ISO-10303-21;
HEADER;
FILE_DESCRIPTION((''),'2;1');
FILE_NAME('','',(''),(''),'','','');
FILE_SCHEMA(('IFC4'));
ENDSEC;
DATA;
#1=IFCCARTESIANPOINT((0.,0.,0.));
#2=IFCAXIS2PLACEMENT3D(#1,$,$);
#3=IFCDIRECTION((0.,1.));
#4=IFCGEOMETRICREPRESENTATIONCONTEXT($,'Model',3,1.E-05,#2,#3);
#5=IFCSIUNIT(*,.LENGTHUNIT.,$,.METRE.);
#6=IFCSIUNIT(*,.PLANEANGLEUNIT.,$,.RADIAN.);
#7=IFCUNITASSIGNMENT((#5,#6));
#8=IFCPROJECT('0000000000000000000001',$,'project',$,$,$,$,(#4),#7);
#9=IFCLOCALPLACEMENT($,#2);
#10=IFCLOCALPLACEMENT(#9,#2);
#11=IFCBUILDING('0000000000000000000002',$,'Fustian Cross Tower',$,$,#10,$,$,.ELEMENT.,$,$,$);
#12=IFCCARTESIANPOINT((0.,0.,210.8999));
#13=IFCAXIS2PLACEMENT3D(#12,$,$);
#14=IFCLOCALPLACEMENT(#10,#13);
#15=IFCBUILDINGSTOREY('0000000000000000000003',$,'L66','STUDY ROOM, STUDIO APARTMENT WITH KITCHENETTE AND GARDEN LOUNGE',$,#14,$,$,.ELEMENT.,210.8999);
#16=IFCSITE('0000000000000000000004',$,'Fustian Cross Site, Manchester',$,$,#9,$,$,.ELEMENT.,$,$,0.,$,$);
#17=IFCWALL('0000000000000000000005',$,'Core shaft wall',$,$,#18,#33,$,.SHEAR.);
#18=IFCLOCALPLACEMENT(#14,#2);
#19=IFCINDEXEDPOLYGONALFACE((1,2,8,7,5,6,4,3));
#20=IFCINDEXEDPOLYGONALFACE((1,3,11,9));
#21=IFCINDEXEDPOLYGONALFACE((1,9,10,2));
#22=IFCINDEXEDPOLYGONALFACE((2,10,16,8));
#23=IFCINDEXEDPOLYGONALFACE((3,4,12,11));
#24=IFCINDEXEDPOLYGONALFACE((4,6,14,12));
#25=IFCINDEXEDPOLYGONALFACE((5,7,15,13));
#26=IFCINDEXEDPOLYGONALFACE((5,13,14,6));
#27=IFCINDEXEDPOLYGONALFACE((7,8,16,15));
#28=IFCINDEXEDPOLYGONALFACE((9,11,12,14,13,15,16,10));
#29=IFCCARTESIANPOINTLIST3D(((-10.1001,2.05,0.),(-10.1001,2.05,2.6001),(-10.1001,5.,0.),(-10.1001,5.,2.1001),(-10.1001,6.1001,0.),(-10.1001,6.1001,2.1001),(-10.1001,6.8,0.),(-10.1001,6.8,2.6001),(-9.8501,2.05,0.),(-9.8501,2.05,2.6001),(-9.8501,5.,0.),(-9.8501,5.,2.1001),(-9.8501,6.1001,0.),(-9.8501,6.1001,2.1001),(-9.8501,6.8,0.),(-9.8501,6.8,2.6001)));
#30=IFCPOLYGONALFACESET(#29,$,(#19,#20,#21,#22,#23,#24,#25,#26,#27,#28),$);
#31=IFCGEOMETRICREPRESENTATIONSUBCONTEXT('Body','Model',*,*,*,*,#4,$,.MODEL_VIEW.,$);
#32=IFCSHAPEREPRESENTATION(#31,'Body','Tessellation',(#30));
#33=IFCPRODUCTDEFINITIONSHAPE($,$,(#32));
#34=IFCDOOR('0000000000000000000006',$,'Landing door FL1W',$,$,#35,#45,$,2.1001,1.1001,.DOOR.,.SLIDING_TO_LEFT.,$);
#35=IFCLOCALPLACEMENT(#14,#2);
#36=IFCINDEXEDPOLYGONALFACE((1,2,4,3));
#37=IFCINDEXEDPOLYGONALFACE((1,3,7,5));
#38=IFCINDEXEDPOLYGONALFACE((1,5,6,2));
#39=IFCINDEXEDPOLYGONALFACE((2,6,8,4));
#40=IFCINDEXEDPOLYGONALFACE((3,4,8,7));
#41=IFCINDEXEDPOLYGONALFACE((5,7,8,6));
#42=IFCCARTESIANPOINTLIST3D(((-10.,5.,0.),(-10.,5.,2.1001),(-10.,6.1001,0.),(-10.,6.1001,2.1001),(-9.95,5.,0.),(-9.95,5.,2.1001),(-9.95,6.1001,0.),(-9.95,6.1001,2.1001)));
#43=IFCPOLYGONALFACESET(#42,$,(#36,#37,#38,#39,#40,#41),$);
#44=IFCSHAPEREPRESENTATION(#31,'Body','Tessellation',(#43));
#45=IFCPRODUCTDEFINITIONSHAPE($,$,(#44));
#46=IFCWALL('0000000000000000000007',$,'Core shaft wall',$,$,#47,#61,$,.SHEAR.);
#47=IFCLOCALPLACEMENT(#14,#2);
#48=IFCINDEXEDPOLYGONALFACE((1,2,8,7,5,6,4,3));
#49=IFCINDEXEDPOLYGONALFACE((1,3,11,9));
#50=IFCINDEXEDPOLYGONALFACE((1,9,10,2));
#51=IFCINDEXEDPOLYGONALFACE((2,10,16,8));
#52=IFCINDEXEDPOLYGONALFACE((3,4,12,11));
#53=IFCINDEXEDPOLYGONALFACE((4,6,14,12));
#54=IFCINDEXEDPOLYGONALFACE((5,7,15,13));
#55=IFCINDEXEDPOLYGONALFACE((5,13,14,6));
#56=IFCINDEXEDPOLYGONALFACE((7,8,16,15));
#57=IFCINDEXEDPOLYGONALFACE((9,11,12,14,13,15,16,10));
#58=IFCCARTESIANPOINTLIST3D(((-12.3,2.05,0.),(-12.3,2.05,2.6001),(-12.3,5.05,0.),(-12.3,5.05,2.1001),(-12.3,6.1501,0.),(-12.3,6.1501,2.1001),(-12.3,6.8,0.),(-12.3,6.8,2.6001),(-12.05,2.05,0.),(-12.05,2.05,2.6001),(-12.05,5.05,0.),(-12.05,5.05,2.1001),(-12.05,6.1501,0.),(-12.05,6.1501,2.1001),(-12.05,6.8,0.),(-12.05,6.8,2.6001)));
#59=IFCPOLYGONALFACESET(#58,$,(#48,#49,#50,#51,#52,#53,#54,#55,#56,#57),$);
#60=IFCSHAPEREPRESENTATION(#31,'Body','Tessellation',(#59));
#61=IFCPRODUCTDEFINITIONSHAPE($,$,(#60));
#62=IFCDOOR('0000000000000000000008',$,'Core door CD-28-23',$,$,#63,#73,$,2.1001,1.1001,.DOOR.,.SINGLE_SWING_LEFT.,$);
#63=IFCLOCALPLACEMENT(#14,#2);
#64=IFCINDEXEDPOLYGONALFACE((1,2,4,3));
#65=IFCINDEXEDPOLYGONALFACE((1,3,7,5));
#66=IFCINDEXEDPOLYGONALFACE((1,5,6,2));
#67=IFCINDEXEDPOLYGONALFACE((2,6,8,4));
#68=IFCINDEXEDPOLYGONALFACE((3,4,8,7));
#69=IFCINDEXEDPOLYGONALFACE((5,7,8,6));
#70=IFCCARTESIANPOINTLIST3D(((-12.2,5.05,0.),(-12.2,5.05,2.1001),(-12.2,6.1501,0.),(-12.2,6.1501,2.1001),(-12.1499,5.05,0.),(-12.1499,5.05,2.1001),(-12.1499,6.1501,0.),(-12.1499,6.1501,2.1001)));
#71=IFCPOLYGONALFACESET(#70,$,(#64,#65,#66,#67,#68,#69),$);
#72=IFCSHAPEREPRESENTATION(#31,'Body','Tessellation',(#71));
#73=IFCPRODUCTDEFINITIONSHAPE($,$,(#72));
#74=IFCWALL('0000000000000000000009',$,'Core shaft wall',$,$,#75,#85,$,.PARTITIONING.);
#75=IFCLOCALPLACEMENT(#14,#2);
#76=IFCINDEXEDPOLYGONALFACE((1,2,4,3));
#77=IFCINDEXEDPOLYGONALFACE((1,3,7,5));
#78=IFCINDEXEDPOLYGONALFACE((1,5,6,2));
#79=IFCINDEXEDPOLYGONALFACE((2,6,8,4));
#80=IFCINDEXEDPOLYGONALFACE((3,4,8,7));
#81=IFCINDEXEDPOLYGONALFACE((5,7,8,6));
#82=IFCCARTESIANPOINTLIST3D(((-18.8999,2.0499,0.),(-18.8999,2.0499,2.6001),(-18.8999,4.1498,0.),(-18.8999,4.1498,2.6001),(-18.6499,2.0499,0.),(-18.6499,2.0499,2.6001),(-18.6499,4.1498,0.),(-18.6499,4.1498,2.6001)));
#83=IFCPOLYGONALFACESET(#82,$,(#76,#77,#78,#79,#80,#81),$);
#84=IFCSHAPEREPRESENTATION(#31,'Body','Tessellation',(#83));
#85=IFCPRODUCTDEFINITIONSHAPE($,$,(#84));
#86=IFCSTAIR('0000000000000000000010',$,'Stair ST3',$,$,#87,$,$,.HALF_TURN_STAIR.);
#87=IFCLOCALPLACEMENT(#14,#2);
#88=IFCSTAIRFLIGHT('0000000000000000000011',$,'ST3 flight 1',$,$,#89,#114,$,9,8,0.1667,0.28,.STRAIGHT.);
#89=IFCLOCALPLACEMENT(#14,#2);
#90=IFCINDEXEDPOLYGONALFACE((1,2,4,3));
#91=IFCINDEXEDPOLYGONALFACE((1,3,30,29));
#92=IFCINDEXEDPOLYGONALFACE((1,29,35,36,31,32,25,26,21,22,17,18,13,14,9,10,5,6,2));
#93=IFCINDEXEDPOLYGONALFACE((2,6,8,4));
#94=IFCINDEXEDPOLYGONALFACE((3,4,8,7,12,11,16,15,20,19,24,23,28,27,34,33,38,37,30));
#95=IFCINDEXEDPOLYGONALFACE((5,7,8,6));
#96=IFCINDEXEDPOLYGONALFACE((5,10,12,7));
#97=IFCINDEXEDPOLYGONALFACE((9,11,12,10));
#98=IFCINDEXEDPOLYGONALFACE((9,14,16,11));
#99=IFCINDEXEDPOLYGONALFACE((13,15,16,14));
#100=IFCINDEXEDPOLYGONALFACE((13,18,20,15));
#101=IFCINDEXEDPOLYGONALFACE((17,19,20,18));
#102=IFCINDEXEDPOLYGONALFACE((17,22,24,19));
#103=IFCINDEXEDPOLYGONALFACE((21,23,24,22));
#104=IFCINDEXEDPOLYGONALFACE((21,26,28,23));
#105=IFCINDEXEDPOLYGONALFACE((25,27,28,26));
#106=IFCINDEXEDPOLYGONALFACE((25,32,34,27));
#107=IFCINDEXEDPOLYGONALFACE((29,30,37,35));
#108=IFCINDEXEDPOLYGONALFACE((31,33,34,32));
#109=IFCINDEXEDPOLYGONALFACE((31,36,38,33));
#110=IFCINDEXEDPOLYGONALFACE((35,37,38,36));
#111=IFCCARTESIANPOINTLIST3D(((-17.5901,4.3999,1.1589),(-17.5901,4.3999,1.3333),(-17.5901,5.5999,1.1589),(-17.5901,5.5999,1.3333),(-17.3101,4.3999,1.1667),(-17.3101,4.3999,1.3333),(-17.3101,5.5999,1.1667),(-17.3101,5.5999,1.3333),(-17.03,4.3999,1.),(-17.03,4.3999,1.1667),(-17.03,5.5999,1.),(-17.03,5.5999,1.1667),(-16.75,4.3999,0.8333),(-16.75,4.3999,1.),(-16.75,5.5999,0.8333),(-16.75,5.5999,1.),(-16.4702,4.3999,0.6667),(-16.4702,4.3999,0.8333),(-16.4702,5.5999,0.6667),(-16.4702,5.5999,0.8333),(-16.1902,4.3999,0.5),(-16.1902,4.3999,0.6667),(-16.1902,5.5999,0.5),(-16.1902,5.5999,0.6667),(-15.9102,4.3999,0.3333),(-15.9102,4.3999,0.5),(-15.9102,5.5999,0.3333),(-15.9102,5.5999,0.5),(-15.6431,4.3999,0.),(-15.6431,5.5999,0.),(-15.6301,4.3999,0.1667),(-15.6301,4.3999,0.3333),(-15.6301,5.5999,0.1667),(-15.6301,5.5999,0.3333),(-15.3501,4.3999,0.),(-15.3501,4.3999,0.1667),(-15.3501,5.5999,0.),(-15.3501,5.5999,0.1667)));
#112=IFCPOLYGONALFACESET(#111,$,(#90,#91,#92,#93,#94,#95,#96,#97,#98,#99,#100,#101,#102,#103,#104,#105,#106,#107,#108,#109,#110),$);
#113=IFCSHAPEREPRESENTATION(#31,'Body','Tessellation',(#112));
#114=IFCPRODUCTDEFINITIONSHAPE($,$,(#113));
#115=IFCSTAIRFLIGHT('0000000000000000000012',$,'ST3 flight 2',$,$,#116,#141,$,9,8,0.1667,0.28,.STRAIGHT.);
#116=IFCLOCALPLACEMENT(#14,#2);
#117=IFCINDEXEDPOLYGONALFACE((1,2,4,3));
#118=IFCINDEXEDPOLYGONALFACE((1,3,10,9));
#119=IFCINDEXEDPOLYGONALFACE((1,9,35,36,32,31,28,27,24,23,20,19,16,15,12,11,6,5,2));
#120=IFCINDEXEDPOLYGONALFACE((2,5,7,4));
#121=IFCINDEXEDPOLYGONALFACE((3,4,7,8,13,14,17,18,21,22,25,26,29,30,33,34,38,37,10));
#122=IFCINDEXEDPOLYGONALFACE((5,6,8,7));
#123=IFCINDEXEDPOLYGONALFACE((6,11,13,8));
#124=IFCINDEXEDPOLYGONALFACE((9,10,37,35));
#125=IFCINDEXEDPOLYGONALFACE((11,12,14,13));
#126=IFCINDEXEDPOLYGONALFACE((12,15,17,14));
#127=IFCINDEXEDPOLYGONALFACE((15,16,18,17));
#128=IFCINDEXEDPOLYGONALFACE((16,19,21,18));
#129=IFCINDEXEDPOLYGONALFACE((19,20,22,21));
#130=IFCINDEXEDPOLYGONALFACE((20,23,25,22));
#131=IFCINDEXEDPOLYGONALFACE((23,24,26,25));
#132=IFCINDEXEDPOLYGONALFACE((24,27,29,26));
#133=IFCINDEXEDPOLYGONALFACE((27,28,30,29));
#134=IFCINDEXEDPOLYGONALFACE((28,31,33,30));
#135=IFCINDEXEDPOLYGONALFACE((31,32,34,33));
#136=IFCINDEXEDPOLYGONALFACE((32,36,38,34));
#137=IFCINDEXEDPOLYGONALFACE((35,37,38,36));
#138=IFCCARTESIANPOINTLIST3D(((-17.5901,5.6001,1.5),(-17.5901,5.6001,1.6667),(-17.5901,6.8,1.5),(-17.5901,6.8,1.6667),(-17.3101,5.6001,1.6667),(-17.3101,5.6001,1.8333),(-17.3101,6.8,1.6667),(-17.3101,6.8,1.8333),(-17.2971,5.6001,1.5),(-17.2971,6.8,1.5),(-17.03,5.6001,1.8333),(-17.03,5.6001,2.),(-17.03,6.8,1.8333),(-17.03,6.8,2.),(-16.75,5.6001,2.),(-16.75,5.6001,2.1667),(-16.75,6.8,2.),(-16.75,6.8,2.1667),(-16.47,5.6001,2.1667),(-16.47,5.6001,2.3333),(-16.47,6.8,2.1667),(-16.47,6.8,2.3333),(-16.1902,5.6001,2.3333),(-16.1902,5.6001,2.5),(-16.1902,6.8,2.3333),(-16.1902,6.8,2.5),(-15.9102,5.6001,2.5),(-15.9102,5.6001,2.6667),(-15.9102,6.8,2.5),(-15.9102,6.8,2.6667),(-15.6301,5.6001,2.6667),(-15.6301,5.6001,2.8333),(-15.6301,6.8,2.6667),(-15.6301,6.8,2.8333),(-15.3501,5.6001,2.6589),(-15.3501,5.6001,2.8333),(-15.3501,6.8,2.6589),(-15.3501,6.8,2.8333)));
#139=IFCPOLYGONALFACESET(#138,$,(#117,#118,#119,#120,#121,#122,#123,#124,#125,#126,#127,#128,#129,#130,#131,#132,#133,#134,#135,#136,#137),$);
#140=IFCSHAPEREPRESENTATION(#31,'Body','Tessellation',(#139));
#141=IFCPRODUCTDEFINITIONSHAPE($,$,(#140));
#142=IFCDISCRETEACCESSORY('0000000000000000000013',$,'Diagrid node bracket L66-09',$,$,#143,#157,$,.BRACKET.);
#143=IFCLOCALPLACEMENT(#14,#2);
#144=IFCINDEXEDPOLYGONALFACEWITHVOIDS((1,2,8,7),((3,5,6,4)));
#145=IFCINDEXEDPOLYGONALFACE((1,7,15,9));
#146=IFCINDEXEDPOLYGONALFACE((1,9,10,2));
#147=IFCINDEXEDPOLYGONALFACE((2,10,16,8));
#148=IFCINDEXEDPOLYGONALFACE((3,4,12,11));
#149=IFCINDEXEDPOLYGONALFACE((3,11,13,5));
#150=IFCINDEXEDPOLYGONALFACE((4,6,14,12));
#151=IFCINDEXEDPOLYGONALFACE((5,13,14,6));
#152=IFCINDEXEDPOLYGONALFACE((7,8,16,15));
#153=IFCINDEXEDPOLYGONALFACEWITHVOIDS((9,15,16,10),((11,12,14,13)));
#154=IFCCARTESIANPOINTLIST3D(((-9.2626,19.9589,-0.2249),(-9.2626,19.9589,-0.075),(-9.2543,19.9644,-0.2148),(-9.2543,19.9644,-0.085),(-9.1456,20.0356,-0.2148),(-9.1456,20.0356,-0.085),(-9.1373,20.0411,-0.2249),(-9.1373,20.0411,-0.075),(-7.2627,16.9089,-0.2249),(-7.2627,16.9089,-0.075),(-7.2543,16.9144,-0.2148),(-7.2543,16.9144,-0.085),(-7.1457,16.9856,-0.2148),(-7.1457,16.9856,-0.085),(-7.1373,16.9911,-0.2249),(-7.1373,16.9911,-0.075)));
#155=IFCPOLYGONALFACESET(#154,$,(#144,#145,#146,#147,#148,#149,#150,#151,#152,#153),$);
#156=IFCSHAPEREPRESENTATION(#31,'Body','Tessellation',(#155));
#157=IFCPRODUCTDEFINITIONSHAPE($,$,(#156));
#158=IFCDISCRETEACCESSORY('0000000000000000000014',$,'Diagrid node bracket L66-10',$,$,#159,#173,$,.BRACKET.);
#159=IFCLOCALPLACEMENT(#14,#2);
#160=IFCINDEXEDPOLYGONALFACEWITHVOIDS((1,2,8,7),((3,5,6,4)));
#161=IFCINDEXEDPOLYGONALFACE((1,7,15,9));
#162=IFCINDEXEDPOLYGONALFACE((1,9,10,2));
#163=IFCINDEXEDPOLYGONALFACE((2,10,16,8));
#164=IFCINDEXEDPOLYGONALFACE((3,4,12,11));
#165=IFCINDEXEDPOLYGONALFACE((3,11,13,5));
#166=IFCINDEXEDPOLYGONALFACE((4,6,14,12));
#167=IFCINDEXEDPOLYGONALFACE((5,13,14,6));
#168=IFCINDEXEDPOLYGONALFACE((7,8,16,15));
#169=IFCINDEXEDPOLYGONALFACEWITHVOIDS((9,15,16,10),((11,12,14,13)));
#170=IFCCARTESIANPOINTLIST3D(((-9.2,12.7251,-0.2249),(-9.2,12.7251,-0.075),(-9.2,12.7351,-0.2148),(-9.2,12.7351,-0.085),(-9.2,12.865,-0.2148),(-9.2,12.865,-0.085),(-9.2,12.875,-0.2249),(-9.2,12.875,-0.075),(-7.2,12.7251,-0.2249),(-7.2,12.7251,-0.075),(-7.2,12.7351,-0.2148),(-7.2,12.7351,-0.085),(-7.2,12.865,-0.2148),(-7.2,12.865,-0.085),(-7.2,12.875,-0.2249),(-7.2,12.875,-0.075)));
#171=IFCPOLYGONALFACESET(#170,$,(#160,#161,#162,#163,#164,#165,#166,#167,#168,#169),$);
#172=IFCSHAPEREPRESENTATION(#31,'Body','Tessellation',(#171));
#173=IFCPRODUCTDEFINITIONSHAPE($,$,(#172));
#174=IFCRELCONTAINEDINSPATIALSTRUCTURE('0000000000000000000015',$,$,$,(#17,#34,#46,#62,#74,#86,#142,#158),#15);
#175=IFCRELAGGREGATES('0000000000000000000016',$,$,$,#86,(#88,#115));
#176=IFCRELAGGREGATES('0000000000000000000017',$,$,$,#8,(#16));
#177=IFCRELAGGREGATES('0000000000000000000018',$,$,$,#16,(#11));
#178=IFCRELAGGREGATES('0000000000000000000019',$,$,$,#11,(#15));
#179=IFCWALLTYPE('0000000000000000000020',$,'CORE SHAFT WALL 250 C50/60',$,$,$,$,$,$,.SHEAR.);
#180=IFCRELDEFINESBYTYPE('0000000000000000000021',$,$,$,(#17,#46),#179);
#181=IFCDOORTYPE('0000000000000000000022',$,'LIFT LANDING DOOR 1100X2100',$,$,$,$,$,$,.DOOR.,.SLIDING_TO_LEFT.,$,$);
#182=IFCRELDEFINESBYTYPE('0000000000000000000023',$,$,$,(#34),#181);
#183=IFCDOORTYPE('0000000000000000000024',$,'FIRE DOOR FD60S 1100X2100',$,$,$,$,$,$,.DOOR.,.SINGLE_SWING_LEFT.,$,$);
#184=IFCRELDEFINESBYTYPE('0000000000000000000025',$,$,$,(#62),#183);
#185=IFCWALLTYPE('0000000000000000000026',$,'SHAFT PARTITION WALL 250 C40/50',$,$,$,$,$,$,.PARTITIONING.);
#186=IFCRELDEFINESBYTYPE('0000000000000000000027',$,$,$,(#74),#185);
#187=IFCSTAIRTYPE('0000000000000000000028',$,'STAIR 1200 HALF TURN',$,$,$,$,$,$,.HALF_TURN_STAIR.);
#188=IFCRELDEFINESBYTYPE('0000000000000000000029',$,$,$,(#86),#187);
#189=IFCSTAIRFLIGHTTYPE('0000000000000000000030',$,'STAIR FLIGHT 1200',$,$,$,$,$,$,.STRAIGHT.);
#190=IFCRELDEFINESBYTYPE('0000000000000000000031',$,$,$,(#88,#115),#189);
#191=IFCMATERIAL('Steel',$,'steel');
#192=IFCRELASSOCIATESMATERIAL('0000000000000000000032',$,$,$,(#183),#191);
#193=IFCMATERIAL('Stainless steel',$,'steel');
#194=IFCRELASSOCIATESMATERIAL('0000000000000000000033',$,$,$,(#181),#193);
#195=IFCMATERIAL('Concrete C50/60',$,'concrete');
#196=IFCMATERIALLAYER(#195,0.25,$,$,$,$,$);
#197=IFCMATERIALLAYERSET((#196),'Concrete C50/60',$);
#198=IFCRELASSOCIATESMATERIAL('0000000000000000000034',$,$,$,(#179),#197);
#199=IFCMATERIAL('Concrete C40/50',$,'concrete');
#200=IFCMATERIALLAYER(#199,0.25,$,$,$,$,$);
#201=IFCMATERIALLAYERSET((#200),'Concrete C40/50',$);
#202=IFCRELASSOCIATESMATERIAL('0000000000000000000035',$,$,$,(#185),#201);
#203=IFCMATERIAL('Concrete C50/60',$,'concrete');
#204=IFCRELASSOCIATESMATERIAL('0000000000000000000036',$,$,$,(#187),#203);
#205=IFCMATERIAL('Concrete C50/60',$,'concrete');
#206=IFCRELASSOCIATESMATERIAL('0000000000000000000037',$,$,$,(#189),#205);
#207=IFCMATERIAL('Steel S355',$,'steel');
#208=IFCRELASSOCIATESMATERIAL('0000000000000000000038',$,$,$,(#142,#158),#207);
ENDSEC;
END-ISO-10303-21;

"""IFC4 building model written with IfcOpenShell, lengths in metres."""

from ifc_helpers import new_model, si_unit, direction, frame, frame_2d, origin, origin_2d, place, context, subcontext, project, spatial, polyline, rectangle, hollow_rectangle, outline, extrude, material, layer, layer_set, type_object, element, fill, aggregate, save


model = new_model("IFC4")

# Units and contexts
model_context = context("Model", 3, precision=1e-05, world=origin(), true_north=direction((0.0, 1.0)))
body_context = subcontext(model_context, "Body", "Model", "MODEL_VIEW")
ifc_project = project(units=[si_unit("LENGTHUNIT", "METRE"), si_unit("PLANEANGLEUNIT", "RADIAN")], contexts=[model_context])

# Site, building, storey
site_placement = place(None, origin())
site = spatial("IfcSite", under=ifc_project, at=site_placement, Name="Fustian Cross Site, Manchester", CompositionType="ELEMENT", RefElevation=0.0)
building_placement = place(site_placement, origin())
building = spatial("IfcBuilding", under=site, at=building_placement, Name="Fustian Cross Tower", CompositionType="ELEMENT")
storey_placement = place(building_placement, frame((0.0, 0.0, 210.8999)))
storey = spatial("IfcBuildingStorey", under=building, at=storey_placement, Name="L66", Description="STUDY ROOM, STUDIO APARTMENT WITH KITCHENETTE AND GARDEN LOUNGE", CompositionType="ELEMENT", Elevation=210.8999)

# Shared definitions
ifc_material_1 = material(Name="Steel", Category="steel")
door_type_1 = type_object("IfcDoorType", Name="FIRE DOOR FD60S 1100X2100", OperationType="SINGLE_SWING_LEFT", PredefinedType="DOOR", material=ifc_material_1)
ifc_material_2 = material(Name="Stainless steel", Category="steel")
door_type_2 = type_object("IfcDoorType", Name="LIFT LANDING DOOR 1100X2100", OperationType="SLIDING_TO_LEFT", PredefinedType="DOOR", material=ifc_material_2)

# Shared definitions
ifc_material_3 = material(Name="Concrete C50/60", Category="concrete")
ifc_layer_1 = layer(ifc_material_3, 0.25)
ifc_layer_set_1 = layer_set([ifc_layer_1], Name="Concrete C50/60")
wall_type_1 = type_object("IfcWallType", Name="CORE SHAFT WALL 250 C50/60", PredefinedType="SHEAR", material=ifc_layer_set_1)

# Walls, openings, doors
wall_1_placement = place(storey_placement, frame((-9.9751, 2.05, 0.0), z_axis=(0.0, 0.0, 1.0), x_axis=(0.0, 1.0, 0.0)))
wall_1 = element("IfcWall", 1, at=wall_1_placement, inside=storey, type_object=wall_type_1, Name="Core shaft wall", PredefinedType="SHEAR", context=body_context, shape_type="SweptSolid", body=[
    extrude(rectangle(XDim=4.75, YDim=0.25, at=frame_2d((2.375, 0.0))), origin(), (0.0, 0.0, 1.0), 2.6001),
])
opening_1_placement = place(wall_1_placement, frame((2.95, 0.0, 0.0)))
opening_1 = element("IfcOpeningElement", 2, at=opening_1_placement, cuts=wall_1, PredefinedType="OPENING", context=body_context, shape_type="SweptSolid", body=[
    extrude(rectangle(XDim=1.1001, YDim=2.1001, at=frame_2d((0.55, 1.05))), frame((0.0, 0.135, 0.0), z_axis=(0.0, -1.0, 0.0), x_axis=(1.0, 0.0, 0.0)), (0.0, 0.0, 1.0), 0.27),
])
door_1_placement = place(opening_1_placement, origin())
door_1 = element("IfcDoor", 3, at=door_1_placement, inside=storey, type_object=door_type_2, Name="Landing door FL1W", OperationType="SLIDING_TO_LEFT", OverallHeight=2.1001, OverallWidth=1.1001, PredefinedType="DOOR", context=body_context, shape_type="SweptSolid", body=[
    extrude(rectangle(XDim=1.1001, YDim=2.1001, at=frame_2d((0.55, 1.05))), frame((0.0, 0.0249, 0.0), z_axis=(0.0, -1.0, 0.0), x_axis=(1.0, 0.0, 0.0)), (0.0, 0.0, 1.0), 0.05),
])
fill(opening_1, door_1)
wall_2_placement = place(storey_placement, frame((-12.175, 2.05, 0.0), z_axis=(0.0, 0.0, 1.0), x_axis=(0.0, 1.0, 0.0)))
wall_2 = element("IfcWall", 4, at=wall_2_placement, inside=storey, type_object=wall_type_1, Name="Core shaft wall", PredefinedType="SHEAR", context=body_context, shape_type="SweptSolid", body=[
    extrude(rectangle(XDim=4.75, YDim=0.25, at=frame_2d((2.375, 0.0))), origin(), (0.0, 0.0, 1.0), 2.6001),
])
opening_2_placement = place(wall_2_placement, frame((3.0, 0.0, 0.0)))
opening_2 = element("IfcOpeningElement", 5, at=opening_2_placement, cuts=wall_2, PredefinedType="OPENING", context=body_context, shape_type="SweptSolid", body=[
    extrude(rectangle(XDim=1.1001, YDim=2.1001, at=frame_2d((0.55, 1.05))), frame((0.0, 0.135, 0.0), z_axis=(0.0, -1.0, 0.0), x_axis=(1.0, 0.0, 0.0)), (0.0, 0.0, 1.0), 0.27),
])
door_2_placement = place(opening_2_placement, origin())
door_2 = element("IfcDoor", 6, at=door_2_placement, inside=storey, type_object=door_type_1, Name="Core door CD-28-23", OperationType="SINGLE_SWING_LEFT", OverallHeight=2.1001, OverallWidth=1.1001, PredefinedType="DOOR", context=body_context, shape_type="SweptSolid", body=[
    extrude(rectangle(XDim=1.1001, YDim=2.1001, at=frame_2d((0.55, 1.05))), frame((0.0, 0.0249, 0.0), z_axis=(0.0, -1.0, 0.0), x_axis=(1.0, 0.0, 0.0)), (0.0, 0.0, 1.0), 0.05),
])
fill(opening_2, door_2)

# Wall
ifc_material_4 = material(Name="Concrete C40/50", Category="concrete")
ifc_layer_2 = layer(ifc_material_4, 0.25)
ifc_layer_set_2 = layer_set([ifc_layer_2], Name="Concrete C40/50")
wall_type_2 = type_object("IfcWallType", Name="SHAFT PARTITION WALL 250 C40/50", PredefinedType="PARTITIONING", material=ifc_layer_set_2)
wall_3_placement = place(storey_placement, frame((-18.7749, 2.05, 0.0), z_axis=(0.0, 0.0, 1.0), x_axis=(0.0, 1.0, 0.0)))
element("IfcWall", 7, at=wall_3_placement, inside=storey, type_object=wall_type_2, Name="Core shaft wall", PredefinedType="PARTITIONING", context=body_context, shape_type="SweptSolid", body=[
    extrude(rectangle(XDim=2.0999, YDim=0.25, at=frame_2d((1.0498, 0.0))), origin(), (0.0, 0.0, 1.0), 2.6001),
])

# Stair, stair flights
ifc_material_5 = material(Name="Concrete C50/60", Category="concrete")
stair_type = type_object("IfcStairType", Name="STAIR 1200 HALF TURN", PredefinedType="HALF_TURN_STAIR", material=ifc_material_5)
stair_placement = place(storey_placement, origin())
stair = element("IfcStair", 8, at=stair_placement, inside=storey, type_object=stair_type, Name="Stair ST3", PredefinedType="HALF_TURN_STAIR")
ifc_material_6 = material(Name="Concrete C50/60", Category="concrete")
stair_flight_type = type_object("IfcStairFlightType", Name="STAIR FLIGHT 1200", PredefinedType="STRAIGHT", material=ifc_material_6)
stair_flight_1_placement = place(storey_placement, frame((-15.3501, 5.0, 0.0), z_axis=(0.0, 0.0, 1.0), x_axis=(-1.0, 0.0, 0.0)))
stair_flight_1 = element("IfcStairFlight", 9, at=stair_flight_1_placement, type_object=stair_flight_type, Name="ST3 flight 1", NumberOfRisers=9, NumberOfTreads=8, PredefinedType="STRAIGHT", RiserHeight=0.1667, TreadLength=0.28, context=body_context, shape_type="SweptSolid", body=[
    extrude(outline(polyline([(0.0, 0.0), (0.0, 0.1667), (0.28, 0.1667), (0.28, 0.3333), (0.5601, 0.3333), (0.5601, 0.5), (0.8401, 0.5), (0.8401, 0.6667), (1.1201, 0.6667), (1.1201, 0.8333), (1.3999, 0.8333), (1.3999, 1.0), (1.6799, 1.0), (1.6799, 1.1667), (1.96, 1.1667), (1.96, 1.3333), (2.24, 1.3333), (2.24, 1.5), (2.24, 1.1589), (0.293, 0.0), (0.0, 0.0)])), frame((0.0, 0.6001, 0.0), z_axis=(0.0, -1.0, 0.0), x_axis=(1.0, 0.0, 0.0)), (0.0, 0.0, 1.0), 1.2),
])
stair_flight_2_placement = place(storey_placement, frame((-17.5901, 6.2, 1.5), z_axis=(0.0, 0.0, 1.0), x_axis=(1.0, 0.0, 0.0)))
stair_flight_2 = element("IfcStairFlight", 10, at=stair_flight_2_placement, type_object=stair_flight_type, Name="ST3 flight 2", NumberOfRisers=9, NumberOfTreads=8, PredefinedType="STRAIGHT", RiserHeight=0.1667, TreadLength=0.28, context=body_context, shape_type="SweptSolid", body=[
    extrude(outline(polyline([(0.0, 0.0), (0.0, 0.1667), (0.28, 0.1667), (0.28, 0.3333), (0.5601, 0.3333), (0.5601, 0.5), (0.8401, 0.5), (0.8401, 0.6667), (1.1201, 0.6667), (1.1201, 0.8333), (1.3999, 0.8333), (1.3999, 1.0), (1.6799, 1.0), (1.6799, 1.1667), (1.96, 1.1667), (1.96, 1.3333), (2.24, 1.3333), (2.24, 1.5), (2.24, 1.1589), (0.293, 0.0), (0.0, 0.0)])), frame((0.0, 0.6001, 0.0), z_axis=(0.0, -1.0, 0.0), x_axis=(1.0, 0.0, 0.0)), (0.0, 0.0, 1.0), 1.2),
])
aggregate(stair, [stair_flight_1, stair_flight_2])

# Discrete accessories
ifc_material_7 = material(Name="Steel S355", Category="steel")
discrete_accessory_placement = place(storey_placement, frame((-9.2, 20.0, -0.1499), z_axis=(0.548351, -0.836248, 0.0), x_axis=(0.836248, 0.548351, 0.0)))
element("IfcDiscreteAccessory", 11, at=discrete_accessory_placement, inside=storey, material=ifc_material_7, Name="Diagrid node bracket L66-09", PredefinedType="BRACKET", context=body_context, shape_type="SweptSolid", body=[
    extrude(hollow_rectangle(XDim=0.1499, YDim=0.1499, WallThickness=0.01, at=origin_2d()), origin(), (0.0, 0.0, 1.0), 3.6472),
])
for number, where, z_axis, x_axis, name in (
    (12, (-9.2, 12.8, -0.1499), (1.0, 0.0, 0.0), (0.0, 1.0, 0.0), "Diagrid node bracket L66-10"),
):
    element("IfcDiscreteAccessory", number, at=place(storey_placement, frame(where, z_axis=z_axis, x_axis=x_axis)), inside=storey, material=ifc_material_7, Name=name, PredefinedType="BRACKET", context=body_context, shape_type="SweptSolid", body=[
        extrude(hollow_rectangle(XDim=0.1499, YDim=0.1499, WallThickness=0.01, at=origin_2d()), origin(), (0.0, 0.0, 1.0), 2.0),
    ])

save(model, "model.ifc")
